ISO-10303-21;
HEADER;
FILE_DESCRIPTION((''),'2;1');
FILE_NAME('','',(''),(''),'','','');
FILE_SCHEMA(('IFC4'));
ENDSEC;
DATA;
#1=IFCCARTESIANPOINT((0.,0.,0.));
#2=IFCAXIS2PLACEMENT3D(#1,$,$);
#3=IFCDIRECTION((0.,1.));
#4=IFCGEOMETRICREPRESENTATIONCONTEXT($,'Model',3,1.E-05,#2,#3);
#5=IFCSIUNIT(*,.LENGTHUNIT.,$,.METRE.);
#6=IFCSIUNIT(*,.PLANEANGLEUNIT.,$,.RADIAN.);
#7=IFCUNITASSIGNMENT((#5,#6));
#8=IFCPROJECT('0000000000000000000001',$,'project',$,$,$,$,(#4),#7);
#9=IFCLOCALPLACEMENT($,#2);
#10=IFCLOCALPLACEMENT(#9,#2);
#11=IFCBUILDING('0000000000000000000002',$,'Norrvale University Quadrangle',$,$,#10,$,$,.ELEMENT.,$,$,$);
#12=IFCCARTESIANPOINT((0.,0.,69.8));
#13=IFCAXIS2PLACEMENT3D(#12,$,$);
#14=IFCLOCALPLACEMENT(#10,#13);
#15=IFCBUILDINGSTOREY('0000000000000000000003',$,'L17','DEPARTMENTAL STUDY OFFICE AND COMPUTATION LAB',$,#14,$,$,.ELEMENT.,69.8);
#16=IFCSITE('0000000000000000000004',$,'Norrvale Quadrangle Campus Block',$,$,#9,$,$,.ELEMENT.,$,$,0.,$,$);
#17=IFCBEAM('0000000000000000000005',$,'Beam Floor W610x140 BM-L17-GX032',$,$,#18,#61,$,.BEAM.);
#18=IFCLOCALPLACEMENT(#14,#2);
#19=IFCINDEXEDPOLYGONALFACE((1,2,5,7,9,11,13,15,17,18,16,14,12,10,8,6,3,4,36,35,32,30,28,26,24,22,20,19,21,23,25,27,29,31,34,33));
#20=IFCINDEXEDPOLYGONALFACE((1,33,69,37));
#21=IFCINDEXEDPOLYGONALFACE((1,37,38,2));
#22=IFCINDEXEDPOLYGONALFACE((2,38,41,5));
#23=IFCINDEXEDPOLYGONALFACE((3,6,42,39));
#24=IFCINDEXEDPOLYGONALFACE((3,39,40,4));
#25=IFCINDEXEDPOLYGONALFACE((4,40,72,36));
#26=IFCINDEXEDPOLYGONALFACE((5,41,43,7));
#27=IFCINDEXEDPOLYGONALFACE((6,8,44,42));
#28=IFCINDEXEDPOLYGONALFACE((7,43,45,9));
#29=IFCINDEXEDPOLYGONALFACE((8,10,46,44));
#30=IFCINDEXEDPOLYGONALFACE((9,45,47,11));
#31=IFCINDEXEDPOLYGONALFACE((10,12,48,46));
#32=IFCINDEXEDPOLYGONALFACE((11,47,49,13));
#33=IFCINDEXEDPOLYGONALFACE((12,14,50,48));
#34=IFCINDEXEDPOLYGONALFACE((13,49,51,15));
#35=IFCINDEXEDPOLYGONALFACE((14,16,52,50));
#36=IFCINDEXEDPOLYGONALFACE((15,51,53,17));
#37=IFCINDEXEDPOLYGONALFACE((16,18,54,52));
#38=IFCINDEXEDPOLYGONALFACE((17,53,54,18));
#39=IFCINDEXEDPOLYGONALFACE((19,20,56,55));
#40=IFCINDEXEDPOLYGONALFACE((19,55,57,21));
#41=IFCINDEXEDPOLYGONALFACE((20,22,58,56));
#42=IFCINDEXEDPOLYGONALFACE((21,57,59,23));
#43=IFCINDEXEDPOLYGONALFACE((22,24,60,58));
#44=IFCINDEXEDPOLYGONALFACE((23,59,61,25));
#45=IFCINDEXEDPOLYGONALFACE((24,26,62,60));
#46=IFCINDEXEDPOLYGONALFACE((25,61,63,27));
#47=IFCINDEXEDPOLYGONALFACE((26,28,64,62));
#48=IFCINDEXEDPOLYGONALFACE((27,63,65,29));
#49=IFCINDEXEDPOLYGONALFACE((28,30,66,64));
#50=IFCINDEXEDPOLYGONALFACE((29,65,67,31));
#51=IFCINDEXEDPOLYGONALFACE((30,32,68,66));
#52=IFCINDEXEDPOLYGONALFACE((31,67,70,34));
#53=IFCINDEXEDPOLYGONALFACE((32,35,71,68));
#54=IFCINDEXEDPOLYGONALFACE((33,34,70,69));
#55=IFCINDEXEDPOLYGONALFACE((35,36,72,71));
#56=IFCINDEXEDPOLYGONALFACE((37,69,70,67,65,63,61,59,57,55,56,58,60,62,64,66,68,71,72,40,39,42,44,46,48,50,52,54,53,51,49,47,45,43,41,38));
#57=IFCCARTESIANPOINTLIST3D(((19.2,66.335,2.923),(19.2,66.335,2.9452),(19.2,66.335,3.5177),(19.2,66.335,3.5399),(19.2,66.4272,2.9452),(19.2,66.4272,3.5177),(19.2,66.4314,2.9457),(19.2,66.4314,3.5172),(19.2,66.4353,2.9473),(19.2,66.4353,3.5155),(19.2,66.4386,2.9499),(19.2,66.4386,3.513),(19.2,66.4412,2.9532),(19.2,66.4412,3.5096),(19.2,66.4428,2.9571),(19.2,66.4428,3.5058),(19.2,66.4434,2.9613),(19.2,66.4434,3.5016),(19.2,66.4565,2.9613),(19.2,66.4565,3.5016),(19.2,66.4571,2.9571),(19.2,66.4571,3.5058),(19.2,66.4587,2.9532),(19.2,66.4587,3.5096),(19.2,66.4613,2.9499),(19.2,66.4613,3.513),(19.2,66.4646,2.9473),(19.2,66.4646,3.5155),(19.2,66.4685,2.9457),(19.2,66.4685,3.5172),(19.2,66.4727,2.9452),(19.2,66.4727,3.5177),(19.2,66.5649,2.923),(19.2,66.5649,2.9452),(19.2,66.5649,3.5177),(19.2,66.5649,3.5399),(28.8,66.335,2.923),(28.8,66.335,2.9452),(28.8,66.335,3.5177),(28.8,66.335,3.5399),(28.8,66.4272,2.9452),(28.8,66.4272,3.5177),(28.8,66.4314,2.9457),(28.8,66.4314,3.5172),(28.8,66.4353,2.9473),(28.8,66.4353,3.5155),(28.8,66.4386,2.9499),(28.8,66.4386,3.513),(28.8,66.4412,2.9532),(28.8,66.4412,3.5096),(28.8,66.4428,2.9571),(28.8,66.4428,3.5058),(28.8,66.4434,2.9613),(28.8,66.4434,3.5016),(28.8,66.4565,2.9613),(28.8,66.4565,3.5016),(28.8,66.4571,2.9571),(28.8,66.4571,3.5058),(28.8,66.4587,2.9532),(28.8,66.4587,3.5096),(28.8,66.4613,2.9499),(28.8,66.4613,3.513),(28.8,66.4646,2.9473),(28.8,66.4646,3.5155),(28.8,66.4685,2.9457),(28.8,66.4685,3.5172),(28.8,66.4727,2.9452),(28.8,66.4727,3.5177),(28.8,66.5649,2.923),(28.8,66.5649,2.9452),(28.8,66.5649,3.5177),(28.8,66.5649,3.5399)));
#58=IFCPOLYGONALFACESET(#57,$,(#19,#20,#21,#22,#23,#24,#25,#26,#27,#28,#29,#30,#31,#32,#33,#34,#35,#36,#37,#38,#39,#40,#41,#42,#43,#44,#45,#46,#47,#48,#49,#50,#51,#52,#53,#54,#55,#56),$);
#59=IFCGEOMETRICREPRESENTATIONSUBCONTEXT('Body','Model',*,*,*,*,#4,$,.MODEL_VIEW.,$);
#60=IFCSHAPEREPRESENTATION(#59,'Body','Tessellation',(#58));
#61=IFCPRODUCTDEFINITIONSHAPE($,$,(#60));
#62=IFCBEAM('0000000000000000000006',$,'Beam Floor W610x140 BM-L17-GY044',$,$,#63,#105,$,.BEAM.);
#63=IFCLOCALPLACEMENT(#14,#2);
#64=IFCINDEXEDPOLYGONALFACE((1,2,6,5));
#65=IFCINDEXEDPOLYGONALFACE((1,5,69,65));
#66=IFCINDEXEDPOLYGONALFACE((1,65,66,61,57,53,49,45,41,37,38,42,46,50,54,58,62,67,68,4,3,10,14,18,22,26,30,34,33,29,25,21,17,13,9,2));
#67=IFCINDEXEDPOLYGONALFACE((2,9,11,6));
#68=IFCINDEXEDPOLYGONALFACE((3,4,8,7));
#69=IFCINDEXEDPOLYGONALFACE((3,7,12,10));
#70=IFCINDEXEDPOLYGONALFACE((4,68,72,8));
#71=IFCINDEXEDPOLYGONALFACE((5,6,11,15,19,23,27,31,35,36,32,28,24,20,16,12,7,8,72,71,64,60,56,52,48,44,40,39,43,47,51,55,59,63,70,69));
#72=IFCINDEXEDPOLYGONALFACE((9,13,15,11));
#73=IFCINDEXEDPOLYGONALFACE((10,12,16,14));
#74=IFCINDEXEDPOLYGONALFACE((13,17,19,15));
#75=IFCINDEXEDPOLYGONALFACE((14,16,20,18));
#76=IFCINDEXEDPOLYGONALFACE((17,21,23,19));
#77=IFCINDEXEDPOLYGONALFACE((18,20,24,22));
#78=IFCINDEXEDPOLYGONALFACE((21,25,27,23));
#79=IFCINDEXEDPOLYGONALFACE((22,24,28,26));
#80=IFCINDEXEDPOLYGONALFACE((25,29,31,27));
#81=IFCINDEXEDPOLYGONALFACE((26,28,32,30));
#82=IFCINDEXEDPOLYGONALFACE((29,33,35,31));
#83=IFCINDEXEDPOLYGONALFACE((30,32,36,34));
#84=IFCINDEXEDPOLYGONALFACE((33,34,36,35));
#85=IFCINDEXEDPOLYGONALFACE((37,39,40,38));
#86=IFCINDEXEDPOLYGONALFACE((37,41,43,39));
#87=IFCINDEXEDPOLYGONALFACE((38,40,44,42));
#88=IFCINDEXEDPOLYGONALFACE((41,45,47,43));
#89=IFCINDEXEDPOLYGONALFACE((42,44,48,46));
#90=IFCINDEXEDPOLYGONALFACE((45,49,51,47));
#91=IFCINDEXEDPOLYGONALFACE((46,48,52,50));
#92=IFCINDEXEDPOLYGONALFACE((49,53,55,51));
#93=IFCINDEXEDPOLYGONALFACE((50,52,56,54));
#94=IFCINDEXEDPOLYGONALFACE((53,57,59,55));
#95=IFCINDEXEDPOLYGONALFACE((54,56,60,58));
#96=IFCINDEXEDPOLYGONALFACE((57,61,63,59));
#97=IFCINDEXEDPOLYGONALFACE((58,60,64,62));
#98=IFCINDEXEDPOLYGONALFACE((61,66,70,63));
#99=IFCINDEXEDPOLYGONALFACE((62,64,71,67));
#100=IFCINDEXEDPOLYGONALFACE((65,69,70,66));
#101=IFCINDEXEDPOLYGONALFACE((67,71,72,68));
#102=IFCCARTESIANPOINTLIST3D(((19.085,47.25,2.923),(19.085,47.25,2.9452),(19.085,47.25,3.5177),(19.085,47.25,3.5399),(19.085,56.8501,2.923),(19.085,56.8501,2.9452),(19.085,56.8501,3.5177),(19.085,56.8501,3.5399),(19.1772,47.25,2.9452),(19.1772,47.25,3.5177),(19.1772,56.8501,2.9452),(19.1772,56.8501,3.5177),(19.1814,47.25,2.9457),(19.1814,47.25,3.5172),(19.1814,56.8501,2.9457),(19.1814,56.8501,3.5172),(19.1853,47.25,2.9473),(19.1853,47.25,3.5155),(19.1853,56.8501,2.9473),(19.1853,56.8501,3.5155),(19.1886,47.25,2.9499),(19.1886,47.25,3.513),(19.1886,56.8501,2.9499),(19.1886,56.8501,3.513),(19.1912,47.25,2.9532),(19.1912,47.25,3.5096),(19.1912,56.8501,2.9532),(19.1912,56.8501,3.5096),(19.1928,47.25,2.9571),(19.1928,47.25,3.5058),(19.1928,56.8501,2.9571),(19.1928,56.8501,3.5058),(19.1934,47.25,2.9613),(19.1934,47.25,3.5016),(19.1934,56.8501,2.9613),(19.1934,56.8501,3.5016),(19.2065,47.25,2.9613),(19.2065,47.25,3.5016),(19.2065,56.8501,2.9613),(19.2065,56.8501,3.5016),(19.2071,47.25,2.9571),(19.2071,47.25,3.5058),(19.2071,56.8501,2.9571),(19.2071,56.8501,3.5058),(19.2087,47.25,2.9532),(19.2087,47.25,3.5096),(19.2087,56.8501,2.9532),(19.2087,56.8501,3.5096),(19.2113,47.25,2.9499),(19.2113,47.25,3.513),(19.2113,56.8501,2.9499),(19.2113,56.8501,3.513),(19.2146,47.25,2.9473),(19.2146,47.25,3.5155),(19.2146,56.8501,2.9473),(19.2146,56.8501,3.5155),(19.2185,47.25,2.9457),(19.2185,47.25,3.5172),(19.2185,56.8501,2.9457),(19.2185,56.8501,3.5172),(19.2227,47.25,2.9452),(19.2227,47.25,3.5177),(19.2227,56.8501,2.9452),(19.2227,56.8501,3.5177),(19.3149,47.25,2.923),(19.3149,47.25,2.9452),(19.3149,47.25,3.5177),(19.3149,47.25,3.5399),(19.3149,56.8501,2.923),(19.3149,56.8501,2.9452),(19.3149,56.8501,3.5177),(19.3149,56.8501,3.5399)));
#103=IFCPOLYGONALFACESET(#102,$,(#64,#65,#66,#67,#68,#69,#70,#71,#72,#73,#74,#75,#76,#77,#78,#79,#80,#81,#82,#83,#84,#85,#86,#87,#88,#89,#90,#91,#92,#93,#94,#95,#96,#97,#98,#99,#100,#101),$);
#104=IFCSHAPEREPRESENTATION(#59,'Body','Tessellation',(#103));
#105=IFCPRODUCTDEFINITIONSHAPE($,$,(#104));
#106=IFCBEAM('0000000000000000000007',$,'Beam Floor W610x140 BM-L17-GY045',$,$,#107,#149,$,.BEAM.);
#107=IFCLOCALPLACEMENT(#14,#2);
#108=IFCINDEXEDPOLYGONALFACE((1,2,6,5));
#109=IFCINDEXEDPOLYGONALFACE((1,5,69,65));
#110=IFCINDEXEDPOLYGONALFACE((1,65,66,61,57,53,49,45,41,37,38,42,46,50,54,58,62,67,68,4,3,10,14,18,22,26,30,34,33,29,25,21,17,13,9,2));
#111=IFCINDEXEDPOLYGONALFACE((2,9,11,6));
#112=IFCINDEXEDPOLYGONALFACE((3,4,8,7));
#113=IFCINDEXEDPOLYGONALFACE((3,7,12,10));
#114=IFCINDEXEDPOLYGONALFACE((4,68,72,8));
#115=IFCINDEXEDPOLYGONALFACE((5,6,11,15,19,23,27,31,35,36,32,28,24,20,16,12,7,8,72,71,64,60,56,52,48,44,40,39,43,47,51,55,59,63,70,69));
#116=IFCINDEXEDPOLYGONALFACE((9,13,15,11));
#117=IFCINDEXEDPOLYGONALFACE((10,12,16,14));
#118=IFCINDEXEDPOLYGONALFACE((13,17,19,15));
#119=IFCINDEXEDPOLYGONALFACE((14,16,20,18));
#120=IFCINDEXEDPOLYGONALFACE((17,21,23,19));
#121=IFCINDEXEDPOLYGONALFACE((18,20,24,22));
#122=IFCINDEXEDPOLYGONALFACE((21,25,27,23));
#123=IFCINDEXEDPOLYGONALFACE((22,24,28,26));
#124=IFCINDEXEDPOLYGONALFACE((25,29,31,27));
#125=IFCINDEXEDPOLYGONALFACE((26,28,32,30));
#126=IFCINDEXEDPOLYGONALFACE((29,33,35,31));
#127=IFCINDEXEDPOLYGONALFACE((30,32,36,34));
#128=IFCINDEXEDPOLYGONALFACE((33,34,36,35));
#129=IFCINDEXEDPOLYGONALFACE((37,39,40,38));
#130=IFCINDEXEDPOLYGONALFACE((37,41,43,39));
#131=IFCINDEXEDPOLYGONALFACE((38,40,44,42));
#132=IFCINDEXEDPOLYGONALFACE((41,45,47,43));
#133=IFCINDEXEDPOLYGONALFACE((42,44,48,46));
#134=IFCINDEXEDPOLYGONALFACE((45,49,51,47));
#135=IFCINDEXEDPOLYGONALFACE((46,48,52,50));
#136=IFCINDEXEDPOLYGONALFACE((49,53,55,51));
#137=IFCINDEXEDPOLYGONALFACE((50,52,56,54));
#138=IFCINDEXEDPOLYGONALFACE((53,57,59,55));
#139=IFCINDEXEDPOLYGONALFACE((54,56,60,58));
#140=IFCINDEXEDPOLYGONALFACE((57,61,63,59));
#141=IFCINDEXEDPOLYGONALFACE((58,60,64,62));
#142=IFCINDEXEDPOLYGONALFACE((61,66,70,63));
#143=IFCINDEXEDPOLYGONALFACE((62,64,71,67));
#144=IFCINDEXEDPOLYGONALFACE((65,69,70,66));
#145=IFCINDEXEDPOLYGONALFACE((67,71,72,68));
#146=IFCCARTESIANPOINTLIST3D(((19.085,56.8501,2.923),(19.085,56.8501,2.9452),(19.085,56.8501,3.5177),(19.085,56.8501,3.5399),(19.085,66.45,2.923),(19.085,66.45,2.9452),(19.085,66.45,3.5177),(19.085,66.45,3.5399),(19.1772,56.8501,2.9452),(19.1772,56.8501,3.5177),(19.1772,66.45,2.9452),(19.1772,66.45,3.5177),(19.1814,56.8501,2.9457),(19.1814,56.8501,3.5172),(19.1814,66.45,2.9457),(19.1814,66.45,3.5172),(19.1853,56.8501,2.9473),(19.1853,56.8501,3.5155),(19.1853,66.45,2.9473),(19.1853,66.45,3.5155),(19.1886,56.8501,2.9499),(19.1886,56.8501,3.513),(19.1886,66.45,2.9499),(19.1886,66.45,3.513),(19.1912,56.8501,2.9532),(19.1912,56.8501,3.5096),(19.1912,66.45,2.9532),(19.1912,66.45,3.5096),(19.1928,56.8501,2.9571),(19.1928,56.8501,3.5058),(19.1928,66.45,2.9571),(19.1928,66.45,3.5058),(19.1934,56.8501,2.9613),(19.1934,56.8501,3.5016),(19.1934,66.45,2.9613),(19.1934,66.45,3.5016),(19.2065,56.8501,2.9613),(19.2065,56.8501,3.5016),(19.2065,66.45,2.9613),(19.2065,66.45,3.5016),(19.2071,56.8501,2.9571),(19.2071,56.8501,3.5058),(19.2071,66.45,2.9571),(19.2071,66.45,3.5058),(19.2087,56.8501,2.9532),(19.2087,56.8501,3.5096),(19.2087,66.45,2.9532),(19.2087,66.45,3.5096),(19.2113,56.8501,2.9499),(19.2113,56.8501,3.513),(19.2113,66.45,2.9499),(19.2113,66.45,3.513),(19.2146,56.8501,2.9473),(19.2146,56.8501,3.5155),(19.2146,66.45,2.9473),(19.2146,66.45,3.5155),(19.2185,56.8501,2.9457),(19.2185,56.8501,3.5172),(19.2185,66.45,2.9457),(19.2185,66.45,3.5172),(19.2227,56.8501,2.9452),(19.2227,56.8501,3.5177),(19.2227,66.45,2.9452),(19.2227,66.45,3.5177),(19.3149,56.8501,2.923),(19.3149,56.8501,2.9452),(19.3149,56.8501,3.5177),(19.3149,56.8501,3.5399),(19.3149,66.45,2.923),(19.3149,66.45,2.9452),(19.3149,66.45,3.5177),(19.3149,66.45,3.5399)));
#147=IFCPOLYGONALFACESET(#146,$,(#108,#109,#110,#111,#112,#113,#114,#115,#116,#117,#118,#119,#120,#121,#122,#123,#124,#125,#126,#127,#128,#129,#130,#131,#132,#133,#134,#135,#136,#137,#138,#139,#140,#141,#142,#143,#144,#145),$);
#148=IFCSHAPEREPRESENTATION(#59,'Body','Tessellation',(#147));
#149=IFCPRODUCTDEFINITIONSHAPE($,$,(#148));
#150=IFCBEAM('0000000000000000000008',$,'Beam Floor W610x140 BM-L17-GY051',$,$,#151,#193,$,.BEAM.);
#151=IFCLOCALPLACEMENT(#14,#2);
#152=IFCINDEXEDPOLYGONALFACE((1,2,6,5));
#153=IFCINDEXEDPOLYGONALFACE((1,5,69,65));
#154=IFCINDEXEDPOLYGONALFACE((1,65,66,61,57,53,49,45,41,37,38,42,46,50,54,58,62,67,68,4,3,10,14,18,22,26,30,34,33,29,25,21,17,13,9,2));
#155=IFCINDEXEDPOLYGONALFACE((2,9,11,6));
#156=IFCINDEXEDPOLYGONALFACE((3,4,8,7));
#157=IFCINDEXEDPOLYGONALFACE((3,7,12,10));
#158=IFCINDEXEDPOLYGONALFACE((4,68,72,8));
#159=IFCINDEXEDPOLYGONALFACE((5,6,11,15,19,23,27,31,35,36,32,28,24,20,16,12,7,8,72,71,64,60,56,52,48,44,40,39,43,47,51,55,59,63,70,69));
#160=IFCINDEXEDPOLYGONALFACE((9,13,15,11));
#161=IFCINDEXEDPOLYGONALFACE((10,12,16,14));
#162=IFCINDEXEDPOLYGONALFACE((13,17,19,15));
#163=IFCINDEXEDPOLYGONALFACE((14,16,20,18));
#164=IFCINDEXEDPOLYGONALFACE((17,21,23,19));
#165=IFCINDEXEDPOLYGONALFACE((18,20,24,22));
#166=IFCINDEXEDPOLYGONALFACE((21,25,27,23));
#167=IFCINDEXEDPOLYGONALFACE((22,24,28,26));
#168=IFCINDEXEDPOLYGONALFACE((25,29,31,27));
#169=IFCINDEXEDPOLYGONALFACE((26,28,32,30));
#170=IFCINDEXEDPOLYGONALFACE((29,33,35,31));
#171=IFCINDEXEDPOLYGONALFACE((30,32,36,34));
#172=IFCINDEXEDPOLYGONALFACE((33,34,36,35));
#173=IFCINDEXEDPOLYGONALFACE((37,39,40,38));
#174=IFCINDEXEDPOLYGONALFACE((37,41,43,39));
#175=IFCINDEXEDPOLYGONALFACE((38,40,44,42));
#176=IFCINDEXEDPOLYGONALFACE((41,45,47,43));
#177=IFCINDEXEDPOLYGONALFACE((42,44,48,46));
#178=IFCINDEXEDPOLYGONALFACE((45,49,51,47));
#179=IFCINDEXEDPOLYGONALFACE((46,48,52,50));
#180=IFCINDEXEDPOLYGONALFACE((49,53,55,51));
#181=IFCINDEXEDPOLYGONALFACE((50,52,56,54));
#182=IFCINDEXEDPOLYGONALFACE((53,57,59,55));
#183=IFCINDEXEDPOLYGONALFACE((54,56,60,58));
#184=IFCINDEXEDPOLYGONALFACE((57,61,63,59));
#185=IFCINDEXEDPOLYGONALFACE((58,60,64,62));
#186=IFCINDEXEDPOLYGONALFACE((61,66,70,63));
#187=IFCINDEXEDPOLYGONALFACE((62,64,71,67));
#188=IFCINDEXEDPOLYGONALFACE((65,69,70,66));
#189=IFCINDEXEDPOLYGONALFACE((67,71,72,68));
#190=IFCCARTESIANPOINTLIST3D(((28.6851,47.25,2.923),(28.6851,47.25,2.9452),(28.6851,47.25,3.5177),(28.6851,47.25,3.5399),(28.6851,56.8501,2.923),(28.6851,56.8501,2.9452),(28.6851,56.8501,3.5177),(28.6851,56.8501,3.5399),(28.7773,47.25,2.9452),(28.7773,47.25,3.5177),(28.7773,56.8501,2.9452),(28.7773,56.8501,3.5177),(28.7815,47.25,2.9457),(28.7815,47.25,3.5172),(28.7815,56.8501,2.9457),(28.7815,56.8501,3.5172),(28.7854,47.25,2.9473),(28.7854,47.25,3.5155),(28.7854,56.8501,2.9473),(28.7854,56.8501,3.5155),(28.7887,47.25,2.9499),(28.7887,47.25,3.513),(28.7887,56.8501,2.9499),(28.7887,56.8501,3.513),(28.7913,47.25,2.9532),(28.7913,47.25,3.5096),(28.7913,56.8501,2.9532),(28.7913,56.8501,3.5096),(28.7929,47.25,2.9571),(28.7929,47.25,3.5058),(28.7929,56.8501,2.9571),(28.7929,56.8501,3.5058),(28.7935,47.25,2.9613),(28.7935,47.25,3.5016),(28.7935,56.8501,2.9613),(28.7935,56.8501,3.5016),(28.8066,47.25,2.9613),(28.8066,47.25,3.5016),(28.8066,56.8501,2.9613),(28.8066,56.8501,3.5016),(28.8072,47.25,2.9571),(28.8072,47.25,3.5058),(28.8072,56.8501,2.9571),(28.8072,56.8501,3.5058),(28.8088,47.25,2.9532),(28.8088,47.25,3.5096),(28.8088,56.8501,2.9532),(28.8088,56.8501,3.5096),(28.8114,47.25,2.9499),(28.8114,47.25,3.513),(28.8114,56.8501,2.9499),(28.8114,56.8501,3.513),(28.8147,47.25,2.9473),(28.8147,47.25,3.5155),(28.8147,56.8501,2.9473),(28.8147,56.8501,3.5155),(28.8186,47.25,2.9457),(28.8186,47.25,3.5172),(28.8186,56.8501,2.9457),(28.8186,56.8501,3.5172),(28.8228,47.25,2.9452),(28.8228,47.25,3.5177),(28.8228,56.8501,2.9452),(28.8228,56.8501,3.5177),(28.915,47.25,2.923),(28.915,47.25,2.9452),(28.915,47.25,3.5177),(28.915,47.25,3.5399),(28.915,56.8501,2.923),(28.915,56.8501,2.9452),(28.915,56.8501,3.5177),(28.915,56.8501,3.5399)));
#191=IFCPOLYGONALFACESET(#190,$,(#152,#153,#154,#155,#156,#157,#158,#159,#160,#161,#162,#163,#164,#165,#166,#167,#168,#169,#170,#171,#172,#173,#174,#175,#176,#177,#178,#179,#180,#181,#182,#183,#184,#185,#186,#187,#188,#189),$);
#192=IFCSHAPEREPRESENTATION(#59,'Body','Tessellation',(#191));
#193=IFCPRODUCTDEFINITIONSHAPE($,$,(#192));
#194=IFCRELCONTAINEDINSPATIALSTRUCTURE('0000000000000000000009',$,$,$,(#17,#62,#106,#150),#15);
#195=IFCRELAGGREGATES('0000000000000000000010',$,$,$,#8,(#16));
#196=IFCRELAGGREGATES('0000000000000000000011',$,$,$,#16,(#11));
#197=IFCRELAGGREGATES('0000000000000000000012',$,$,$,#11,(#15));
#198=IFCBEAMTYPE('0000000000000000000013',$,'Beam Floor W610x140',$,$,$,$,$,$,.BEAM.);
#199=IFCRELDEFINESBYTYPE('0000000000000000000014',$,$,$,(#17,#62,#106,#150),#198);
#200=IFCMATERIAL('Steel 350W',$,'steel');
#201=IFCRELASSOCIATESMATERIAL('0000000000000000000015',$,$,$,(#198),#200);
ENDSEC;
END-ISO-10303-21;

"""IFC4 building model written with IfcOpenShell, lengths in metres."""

from ifc_helpers import new_model, si_unit, direction, frame, origin, origin_2d, place, context, subcontext, project, spatial, i_section, extrude, material, material_profile, profile_set, type_object, element, save


model = new_model("IFC4")

# Units and contexts
model_context = context("Model", 3, precision=1e-05, world=origin(), true_north=direction((0.0, 1.0)))
body_context = subcontext(model_context, "Body", "Model", "MODEL_VIEW")
ifc_project = project(units=[si_unit("LENGTHUNIT", "METRE"), si_unit("PLANEANGLEUNIT", "RADIAN")], contexts=[model_context])

# Site, building, storey
site_placement = place(None, origin())
site = spatial("IfcSite", under=ifc_project, at=site_placement, Name="Norrvale Quadrangle Campus Block", CompositionType="ELEMENT", RefElevation=0.0)
building_placement = place(site_placement, origin())
building = spatial("IfcBuilding", under=site, at=building_placement, Name="Norrvale University Quadrangle", CompositionType="ELEMENT")
storey_placement = place(building_placement, frame((0.0, 0.0, 69.8)))
storey = spatial("IfcBuildingStorey", under=building, at=storey_placement, Name="L17", Description="DEPARTMENTAL STUDY OFFICE AND COMPUTATION LAB", CompositionType="ELEMENT", Elevation=69.8)

# Beams
ifc_material_1 = material(Name="Steel 350W", Category="steel")
ifc_material_profile_1 = material_profile(ifc_material_1, i_section(OverallWidth=0.23, OverallDepth=0.6169, WebThickness=0.0132, FlangeThickness=0.0222, FilletRadius=0.0161, at=origin_2d()), Name="Steel 350W")
ifc_profile_set_1 = profile_set([ifc_material_profile_1], Name="Steel 350W")
beam_type_1 = type_object("IfcBeamType", Name="Beam Floor W610x140", PredefinedType="BEAM", material=ifc_profile_set_1)
for number, where, z_axis, x_axis, name in (
    (1, (19.2, 66.45, 3.2314), (1.0, 0.0, 0.0), (0.0, 1.0, 0.0), "Beam Floor W610x140 BM-L17-GX032"),
    (2, (19.2, 47.25, 3.2314), (0.0, 1.0, 0.0), (-1.0, 0.0, 0.0), "Beam Floor W610x140 BM-L17-GY044"),
):
    element("IfcBeam", number, at=place(storey_placement, frame(where, z_axis=z_axis, x_axis=x_axis)), inside=storey, type_object=beam_type_1, Name=name, PredefinedType="BEAM", context=body_context, shape_type="SweptSolid", body=[
        extrude(i_section(OverallWidth=0.23, OverallDepth=0.6169, WebThickness=0.0132, FlangeThickness=0.0222, FilletRadius=0.0161, at=origin_2d()), origin(), (0.0, 0.0, 1.0), 9.6001),
    ])
beam_1_placement = place(storey_placement, frame((19.2, 56.8501, 3.2314), z_axis=(0.0, 1.0, 0.0), x_axis=(-1.0, 0.0, 0.0)))
element("IfcBeam", 3, at=beam_1_placement, inside=storey, type_object=beam_type_1, Name="Beam Floor W610x140 BM-L17-GY045", PredefinedType="BEAM", context=body_context, shape_type="SweptSolid", body=[
    extrude(i_section(OverallWidth=0.23, OverallDepth=0.6169, WebThickness=0.0132, FlangeThickness=0.0222, FilletRadius=0.0161, at=origin_2d()), origin(), (0.0, 0.0, 1.0), 9.5999),
])
beam_2_placement = place(storey_placement, frame((28.8, 47.25, 3.2314), z_axis=(0.0, 1.0, 0.0), x_axis=(-1.0, 0.0, 0.0)))
element("IfcBeam", 4, at=beam_2_placement, inside=storey, type_object=beam_type_1, Name="Beam Floor W610x140 BM-L17-GY051", PredefinedType="BEAM", context=body_context, shape_type="SweptSolid", body=[
    extrude(i_section(OverallWidth=0.23, OverallDepth=0.6169, WebThickness=0.0132, FlangeThickness=0.0222, FilletRadius=0.0161, at=origin_2d()), origin(), (0.0, 0.0, 1.0), 9.6001),
])

save(model, "model.ifc")
